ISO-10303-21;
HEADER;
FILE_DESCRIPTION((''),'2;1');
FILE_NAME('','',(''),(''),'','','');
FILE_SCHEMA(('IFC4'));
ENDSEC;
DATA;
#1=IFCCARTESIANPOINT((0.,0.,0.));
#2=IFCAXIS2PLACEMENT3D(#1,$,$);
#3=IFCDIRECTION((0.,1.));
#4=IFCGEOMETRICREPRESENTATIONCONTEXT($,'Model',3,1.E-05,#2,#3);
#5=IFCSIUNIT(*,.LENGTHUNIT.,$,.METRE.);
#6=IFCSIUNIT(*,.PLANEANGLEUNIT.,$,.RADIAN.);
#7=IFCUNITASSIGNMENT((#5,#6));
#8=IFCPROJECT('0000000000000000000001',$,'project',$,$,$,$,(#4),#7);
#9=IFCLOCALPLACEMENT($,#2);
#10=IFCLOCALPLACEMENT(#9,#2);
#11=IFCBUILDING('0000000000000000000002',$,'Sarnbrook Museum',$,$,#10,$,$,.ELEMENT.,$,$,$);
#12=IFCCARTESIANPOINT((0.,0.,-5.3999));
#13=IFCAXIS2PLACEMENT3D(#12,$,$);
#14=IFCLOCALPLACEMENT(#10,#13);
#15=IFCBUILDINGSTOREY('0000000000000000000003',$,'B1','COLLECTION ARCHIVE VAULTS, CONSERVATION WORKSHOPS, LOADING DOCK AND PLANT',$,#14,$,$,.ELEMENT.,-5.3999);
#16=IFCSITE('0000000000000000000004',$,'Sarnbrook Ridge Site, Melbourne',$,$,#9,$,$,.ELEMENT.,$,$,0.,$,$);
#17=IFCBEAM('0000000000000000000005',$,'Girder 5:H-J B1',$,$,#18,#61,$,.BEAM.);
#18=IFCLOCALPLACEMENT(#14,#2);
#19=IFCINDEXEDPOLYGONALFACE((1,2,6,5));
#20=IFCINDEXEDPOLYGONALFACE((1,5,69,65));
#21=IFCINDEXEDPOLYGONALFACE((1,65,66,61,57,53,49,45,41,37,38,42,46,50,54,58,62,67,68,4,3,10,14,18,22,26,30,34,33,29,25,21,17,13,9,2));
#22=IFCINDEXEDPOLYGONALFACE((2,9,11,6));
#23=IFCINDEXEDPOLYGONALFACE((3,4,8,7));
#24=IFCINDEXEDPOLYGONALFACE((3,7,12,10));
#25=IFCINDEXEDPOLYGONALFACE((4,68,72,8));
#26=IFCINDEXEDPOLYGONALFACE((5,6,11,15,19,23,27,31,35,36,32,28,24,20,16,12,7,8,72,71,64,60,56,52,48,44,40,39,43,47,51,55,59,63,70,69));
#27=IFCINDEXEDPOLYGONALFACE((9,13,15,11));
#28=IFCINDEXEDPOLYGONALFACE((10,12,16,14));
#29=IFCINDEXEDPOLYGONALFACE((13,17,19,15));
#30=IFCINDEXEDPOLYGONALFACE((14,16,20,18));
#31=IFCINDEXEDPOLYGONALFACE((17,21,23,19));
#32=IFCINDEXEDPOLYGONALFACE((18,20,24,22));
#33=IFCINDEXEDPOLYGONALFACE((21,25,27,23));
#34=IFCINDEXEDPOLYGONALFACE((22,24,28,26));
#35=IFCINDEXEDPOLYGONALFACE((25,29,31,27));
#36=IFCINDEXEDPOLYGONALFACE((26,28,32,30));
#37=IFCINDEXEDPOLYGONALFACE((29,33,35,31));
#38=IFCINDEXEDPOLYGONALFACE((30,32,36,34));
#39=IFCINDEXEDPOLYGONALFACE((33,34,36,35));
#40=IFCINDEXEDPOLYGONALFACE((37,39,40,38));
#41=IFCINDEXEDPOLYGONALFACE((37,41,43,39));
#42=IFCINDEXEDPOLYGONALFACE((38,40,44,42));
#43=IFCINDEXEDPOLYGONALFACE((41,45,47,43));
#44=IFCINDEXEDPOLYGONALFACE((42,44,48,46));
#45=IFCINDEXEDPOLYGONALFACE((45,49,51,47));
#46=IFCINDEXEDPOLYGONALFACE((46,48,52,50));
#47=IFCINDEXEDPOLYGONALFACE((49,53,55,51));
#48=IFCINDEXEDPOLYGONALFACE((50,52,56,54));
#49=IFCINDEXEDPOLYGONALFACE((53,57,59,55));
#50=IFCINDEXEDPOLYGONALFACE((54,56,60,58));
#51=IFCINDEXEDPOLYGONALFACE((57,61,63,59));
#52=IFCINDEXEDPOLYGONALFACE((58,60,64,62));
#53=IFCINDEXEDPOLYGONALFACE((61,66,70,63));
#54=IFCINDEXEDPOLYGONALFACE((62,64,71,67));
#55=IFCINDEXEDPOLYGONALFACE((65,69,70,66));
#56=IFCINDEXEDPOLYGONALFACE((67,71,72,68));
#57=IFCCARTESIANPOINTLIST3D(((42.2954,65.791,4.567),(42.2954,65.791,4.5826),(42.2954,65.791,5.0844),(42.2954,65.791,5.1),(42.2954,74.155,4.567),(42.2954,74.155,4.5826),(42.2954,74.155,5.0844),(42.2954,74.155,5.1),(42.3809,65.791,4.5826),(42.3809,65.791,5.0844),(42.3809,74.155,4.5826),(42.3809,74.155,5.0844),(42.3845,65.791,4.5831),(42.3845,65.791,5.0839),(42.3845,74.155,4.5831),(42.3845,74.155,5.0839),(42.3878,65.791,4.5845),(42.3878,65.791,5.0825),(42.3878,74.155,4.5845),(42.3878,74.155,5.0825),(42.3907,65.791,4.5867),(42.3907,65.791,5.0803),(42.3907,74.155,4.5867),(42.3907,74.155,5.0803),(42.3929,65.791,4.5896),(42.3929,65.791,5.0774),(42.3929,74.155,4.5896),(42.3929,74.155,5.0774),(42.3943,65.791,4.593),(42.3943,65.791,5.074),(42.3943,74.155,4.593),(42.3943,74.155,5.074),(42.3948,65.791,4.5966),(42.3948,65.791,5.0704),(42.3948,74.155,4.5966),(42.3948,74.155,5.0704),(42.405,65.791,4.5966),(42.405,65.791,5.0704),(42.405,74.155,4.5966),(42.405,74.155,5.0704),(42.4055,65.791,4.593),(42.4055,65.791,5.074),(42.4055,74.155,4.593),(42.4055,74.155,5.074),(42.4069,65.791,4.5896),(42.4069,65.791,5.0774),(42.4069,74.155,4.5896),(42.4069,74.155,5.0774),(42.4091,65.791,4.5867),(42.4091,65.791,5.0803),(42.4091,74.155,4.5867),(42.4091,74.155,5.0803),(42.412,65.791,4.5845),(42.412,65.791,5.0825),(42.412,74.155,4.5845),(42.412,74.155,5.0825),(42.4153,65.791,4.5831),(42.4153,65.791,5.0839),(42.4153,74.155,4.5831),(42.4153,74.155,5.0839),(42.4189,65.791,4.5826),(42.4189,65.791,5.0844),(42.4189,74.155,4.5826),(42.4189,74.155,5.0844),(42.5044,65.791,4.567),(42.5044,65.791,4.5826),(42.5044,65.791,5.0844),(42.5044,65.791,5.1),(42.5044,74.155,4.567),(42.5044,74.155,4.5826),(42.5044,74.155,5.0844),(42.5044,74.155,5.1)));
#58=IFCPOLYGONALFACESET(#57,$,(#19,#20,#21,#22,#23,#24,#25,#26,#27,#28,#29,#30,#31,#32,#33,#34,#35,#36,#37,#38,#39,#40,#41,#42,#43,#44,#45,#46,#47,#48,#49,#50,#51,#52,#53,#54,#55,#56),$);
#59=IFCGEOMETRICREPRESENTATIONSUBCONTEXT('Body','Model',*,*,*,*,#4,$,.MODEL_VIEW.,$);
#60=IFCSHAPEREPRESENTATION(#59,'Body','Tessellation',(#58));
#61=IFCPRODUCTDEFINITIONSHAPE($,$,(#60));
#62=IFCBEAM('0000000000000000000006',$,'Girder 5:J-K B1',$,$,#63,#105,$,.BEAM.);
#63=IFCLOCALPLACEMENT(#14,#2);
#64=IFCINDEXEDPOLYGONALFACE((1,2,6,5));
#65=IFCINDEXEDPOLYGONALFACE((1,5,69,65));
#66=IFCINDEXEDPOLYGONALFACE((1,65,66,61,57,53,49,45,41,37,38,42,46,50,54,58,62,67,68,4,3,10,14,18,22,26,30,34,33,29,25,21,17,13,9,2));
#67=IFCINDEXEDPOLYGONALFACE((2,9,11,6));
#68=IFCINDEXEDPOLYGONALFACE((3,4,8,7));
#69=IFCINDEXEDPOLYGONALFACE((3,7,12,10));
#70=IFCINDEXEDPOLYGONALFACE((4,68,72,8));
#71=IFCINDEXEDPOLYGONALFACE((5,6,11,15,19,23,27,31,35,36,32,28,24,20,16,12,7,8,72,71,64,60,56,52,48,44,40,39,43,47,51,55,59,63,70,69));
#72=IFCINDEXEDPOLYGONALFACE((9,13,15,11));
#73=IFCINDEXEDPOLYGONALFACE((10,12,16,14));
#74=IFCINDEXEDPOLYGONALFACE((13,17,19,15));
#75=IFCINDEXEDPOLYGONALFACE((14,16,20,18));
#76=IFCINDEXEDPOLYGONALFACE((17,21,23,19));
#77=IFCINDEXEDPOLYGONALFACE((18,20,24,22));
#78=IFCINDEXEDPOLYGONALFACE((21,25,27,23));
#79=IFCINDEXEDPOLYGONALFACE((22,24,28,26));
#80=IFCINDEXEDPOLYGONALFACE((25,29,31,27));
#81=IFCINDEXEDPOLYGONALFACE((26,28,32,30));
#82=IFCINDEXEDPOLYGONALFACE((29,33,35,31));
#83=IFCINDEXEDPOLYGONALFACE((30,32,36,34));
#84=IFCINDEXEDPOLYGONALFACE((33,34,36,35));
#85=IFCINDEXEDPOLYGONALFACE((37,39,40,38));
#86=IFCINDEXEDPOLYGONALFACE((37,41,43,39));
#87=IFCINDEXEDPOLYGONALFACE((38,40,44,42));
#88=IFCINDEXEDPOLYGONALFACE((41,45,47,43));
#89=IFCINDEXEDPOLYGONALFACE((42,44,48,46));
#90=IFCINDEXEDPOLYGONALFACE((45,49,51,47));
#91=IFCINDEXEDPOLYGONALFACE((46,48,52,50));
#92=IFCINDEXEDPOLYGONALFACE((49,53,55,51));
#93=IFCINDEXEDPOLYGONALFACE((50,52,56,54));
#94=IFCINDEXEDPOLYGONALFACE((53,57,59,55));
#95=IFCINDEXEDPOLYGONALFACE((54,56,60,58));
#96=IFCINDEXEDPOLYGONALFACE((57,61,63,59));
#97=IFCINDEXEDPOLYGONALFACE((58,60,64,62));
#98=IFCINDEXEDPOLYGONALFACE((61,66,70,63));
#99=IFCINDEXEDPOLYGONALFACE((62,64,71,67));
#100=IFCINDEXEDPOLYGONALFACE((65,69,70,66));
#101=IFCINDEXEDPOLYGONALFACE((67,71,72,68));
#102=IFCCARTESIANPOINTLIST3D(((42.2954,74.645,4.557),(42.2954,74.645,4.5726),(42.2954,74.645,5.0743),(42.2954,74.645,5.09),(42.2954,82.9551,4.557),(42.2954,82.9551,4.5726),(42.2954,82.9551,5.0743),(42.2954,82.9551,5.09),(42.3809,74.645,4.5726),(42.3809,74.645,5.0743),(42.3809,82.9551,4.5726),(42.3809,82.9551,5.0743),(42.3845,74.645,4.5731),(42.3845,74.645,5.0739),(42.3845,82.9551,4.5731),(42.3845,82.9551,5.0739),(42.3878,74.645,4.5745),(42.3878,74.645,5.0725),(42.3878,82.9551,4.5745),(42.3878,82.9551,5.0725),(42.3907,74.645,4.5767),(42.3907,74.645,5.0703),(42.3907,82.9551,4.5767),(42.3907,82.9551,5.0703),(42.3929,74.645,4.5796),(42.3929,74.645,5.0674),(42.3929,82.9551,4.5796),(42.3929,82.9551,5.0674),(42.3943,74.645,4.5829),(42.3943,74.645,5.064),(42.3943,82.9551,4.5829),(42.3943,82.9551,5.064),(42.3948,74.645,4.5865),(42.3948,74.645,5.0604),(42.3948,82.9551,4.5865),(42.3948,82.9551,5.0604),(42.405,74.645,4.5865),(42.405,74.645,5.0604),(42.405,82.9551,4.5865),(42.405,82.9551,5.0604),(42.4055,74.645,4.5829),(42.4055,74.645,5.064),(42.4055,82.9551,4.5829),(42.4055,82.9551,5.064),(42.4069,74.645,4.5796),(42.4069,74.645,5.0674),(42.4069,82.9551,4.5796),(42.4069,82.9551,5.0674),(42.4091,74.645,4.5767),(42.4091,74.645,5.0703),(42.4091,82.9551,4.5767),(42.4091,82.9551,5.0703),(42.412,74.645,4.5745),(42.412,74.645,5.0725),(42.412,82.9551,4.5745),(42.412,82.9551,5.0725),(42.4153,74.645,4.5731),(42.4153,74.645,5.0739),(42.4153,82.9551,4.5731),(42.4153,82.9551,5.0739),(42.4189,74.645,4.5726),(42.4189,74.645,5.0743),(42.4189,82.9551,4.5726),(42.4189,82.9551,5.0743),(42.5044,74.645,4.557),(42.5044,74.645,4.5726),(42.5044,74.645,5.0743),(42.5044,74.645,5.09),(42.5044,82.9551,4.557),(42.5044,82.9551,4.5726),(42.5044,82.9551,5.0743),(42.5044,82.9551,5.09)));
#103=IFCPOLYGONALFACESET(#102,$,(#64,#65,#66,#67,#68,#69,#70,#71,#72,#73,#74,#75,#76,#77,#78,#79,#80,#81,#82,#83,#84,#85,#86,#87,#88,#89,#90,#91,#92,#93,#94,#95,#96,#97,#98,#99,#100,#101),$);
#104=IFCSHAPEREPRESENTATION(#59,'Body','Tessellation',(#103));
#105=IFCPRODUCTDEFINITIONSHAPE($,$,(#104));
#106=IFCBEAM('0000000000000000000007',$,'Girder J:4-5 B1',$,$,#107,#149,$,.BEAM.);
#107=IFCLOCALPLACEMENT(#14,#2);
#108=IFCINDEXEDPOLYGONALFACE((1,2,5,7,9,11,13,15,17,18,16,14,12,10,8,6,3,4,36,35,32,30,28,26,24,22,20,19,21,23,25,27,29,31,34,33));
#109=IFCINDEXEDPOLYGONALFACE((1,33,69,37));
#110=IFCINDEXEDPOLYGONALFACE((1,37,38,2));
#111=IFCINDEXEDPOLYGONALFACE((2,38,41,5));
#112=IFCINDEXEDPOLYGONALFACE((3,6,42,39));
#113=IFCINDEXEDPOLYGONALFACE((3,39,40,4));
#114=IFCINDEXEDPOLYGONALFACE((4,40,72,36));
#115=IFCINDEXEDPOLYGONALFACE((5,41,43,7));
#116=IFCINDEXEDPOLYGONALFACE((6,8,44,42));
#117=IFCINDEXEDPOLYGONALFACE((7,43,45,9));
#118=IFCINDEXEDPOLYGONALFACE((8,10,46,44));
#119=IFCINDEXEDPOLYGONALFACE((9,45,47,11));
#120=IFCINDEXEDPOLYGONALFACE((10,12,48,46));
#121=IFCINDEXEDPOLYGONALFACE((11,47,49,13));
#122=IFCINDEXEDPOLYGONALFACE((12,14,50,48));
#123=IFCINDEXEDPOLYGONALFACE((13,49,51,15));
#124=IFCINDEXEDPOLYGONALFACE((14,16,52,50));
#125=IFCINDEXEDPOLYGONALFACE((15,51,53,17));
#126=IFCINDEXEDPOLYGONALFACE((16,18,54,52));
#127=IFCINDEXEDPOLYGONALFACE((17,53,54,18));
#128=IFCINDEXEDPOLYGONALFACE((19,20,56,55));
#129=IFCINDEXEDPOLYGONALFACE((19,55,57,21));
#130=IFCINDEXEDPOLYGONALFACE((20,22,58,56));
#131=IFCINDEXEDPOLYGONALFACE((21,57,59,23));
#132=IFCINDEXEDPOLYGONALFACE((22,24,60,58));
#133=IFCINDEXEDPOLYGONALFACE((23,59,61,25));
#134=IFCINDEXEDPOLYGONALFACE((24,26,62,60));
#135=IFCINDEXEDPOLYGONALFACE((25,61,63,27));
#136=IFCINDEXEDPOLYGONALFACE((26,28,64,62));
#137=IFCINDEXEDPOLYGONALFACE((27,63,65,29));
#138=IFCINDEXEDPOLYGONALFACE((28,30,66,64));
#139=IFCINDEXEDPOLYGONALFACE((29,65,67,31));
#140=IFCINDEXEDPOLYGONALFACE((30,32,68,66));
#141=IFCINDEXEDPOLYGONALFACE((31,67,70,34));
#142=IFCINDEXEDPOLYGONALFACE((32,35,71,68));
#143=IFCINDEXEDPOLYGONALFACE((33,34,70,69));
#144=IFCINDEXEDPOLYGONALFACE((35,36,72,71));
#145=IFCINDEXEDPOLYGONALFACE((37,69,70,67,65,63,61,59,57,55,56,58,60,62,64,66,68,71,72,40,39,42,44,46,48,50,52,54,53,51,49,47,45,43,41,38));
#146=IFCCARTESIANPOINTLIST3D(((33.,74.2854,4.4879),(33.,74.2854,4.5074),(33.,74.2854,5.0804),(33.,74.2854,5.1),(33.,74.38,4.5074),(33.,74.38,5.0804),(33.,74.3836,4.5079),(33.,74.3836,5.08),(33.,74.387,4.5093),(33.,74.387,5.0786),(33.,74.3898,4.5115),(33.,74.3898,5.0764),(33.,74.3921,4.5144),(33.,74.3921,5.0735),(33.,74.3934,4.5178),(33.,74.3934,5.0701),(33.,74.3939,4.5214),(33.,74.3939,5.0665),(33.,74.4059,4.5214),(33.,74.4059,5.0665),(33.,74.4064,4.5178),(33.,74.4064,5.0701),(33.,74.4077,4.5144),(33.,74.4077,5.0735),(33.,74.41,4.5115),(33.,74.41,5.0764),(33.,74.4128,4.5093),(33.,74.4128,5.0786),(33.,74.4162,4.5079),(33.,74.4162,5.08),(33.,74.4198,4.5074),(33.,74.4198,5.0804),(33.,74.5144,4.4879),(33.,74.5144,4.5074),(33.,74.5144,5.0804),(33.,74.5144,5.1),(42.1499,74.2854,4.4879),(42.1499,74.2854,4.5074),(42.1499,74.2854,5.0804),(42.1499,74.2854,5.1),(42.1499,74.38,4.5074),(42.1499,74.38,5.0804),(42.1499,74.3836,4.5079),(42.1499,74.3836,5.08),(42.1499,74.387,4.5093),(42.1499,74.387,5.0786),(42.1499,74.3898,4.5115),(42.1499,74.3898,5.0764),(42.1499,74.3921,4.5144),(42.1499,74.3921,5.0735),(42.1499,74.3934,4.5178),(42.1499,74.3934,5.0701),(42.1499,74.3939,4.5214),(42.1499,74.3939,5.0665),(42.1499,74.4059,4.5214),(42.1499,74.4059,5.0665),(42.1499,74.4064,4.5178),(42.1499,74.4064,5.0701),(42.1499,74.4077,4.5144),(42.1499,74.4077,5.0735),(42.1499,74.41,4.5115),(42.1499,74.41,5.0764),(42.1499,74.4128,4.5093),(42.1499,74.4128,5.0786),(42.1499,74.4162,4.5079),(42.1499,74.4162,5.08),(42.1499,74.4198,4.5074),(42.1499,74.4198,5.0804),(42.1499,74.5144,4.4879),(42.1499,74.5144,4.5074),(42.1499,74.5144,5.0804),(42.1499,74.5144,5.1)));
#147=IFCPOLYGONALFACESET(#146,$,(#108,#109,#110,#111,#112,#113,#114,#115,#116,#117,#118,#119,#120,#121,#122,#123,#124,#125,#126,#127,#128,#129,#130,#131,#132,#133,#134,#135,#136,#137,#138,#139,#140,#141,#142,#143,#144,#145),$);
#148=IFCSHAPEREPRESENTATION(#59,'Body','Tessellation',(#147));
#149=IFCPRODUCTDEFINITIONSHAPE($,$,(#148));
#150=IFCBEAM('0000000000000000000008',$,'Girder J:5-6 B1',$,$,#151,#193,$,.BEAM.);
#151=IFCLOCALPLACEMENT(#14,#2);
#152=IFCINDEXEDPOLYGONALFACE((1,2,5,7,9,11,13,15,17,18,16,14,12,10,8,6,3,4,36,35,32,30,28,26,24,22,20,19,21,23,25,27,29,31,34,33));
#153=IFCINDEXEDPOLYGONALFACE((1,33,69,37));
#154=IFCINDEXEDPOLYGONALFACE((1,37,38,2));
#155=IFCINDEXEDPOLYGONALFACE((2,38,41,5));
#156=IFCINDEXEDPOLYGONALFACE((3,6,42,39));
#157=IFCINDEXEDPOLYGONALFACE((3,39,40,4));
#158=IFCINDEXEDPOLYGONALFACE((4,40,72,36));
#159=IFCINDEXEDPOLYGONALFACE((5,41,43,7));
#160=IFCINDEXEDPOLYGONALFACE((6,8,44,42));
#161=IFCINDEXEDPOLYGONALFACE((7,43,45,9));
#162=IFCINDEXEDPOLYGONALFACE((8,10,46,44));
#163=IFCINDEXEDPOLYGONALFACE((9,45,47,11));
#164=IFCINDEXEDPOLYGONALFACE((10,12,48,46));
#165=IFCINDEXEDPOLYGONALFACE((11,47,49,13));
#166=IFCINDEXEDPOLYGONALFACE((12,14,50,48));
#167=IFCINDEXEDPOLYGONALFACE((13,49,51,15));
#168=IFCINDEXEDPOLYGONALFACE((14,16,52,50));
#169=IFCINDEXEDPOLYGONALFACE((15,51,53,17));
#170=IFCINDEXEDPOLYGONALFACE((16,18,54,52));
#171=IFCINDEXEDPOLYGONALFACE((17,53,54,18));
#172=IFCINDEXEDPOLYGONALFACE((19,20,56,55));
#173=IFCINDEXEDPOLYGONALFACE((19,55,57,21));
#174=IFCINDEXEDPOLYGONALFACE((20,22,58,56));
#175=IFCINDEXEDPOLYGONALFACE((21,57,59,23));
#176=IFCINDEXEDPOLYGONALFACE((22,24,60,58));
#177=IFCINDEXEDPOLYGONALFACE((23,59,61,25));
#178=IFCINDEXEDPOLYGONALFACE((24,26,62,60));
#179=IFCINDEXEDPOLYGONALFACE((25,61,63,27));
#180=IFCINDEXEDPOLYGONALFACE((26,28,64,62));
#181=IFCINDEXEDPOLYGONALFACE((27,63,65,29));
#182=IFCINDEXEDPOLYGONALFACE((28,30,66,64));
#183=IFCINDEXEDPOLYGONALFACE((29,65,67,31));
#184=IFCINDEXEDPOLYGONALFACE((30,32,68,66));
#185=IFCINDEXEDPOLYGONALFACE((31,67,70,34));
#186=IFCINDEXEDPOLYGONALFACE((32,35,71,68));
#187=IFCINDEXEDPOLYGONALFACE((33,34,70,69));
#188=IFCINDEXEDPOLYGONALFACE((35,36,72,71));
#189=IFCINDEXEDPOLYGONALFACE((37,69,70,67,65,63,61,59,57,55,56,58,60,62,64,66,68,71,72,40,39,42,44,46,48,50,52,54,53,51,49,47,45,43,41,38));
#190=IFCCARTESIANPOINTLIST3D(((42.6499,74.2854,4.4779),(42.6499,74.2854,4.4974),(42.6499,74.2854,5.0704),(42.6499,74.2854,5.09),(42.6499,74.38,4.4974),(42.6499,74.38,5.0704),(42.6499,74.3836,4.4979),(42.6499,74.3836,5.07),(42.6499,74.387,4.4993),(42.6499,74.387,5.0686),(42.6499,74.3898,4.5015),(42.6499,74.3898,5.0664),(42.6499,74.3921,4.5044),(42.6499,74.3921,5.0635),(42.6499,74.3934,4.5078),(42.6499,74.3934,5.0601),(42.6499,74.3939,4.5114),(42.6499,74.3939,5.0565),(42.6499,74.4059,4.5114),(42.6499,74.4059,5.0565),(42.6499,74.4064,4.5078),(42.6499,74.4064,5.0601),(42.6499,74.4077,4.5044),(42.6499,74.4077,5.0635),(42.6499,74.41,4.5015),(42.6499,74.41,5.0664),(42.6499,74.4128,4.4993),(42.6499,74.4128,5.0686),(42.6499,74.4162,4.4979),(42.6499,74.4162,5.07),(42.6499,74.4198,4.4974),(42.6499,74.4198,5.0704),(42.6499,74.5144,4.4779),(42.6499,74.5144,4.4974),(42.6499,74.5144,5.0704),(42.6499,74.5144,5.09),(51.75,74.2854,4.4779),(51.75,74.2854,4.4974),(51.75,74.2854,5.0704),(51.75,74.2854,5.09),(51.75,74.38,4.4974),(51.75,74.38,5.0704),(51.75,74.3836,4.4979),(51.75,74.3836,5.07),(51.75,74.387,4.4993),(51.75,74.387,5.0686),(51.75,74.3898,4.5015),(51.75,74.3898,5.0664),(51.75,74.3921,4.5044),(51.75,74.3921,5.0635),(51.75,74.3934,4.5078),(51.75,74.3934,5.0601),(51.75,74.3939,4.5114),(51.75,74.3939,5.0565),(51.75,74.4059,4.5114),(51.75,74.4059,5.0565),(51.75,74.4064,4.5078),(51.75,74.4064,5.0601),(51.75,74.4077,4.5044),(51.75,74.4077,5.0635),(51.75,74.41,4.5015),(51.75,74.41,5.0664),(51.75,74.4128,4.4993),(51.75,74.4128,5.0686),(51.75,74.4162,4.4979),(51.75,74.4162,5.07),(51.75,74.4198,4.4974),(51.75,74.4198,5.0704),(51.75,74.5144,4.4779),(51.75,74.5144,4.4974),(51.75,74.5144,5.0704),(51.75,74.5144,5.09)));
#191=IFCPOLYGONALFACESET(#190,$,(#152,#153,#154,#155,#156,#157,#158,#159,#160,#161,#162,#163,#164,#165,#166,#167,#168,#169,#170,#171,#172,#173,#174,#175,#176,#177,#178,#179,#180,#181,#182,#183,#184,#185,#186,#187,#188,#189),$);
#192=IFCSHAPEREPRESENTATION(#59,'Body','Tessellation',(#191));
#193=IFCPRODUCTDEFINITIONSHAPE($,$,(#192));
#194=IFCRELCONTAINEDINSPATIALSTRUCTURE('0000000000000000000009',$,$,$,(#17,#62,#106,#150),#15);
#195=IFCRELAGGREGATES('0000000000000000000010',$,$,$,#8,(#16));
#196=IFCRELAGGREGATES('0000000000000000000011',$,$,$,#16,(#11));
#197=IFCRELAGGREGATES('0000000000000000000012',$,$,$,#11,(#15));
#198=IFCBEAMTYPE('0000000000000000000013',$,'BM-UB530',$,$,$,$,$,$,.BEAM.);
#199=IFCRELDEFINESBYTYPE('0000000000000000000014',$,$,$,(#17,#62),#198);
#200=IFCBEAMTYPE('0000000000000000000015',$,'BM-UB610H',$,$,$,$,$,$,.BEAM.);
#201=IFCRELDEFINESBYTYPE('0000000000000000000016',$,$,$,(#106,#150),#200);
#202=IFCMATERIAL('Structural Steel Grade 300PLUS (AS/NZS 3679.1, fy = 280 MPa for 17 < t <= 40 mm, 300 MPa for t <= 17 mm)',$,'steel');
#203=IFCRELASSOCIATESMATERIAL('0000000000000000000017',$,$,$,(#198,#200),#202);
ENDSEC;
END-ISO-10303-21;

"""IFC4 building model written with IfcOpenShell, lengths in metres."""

from ifc_helpers import new_model, si_unit, direction, frame, origin, origin_2d, place, context, subcontext, project, spatial, i_section, extrude, material, material_profile, profile_set, type_object, element, save


model = new_model("IFC4")

# Units and contexts
model_context = context("Model", 3, precision=1e-05, world=origin(), true_north=direction((0.0, 1.0)))
body_context = subcontext(model_context, "Body", "Model", "MODEL_VIEW")
ifc_project = project(units=[si_unit("LENGTHUNIT", "METRE"), si_unit("PLANEANGLEUNIT", "RADIAN")], contexts=[model_context])

# Site, building, storey
site_placement = place(None, origin())
site = spatial("IfcSite", under=ifc_project, at=site_placement, Name="Sarnbrook Ridge Site, Melbourne", CompositionType="ELEMENT", RefElevation=0.0)
building_placement = place(site_placement, origin())
building = spatial("IfcBuilding", under=site, at=building_placement, Name="Sarnbrook Museum", CompositionType="ELEMENT")
storey_placement = place(building_placement, frame((0.0, 0.0, -5.3999)))
storey = spatial("IfcBuildingStorey", under=building, at=storey_placement, Name="B1", Description="COLLECTION ARCHIVE VAULTS, CONSERVATION WORKSHOPS, LOADING DOCK AND PLANT", CompositionType="ELEMENT", Elevation=-5.3999)

# Beams
ifc_material_1 = material(Name="Structural Steel Grade 300PLUS (AS/NZS 3679.1, fy = 280 MPa for 17 < t <= 40 mm, 300 MPa for t <= 17 mm)", Category="steel")
ifc_material_profile_1 = material_profile(ifc_material_1, i_section(OverallWidth=0.209, OverallDepth=0.533, WebThickness=0.0103, FlangeThickness=0.0156, FilletRadius=0.0139, at=origin_2d()), Name="530UB92.4")
ifc_profile_set_1 = profile_set([ifc_material_profile_1], Name="Structural Steel Grade 300PLUS (AS/NZS 3679.1, fy = 280 MPa for 17 < t <= 40 mm, 300 MPa for t <= 17 mm)")
beam_type_1 = type_object("IfcBeamType", Name="BM-UB530", PredefinedType="BEAM", material=ifc_profile_set_1)
beam_1_placement = place(storey_placement, frame((42.3999, 65.791, 4.8335), z_axis=(0.0, 1.0, 0.0), x_axis=(-1.0, 0.0, 0.0)))
element("IfcBeam", 1, at=beam_1_placement, inside=storey, type_object=beam_type_1, Name="Girder 5:H-J B1", PredefinedType="BEAM", context=body_context, shape_type="SweptSolid", body=[
    extrude(i_section(OverallWidth=0.209, OverallDepth=0.533, WebThickness=0.0103, FlangeThickness=0.0156, FilletRadius=0.0139, at=origin_2d()), origin(), (0.0, 0.0, 1.0), 8.364),
])
beam_2_placement = place(storey_placement, frame((42.3999, 74.645, 4.8235), z_axis=(0.0, 1.0, 0.0), x_axis=(-1.0, 0.0, 0.0)))
element("IfcBeam", 2, at=beam_2_placement, inside=storey, type_object=beam_type_1, Name="Girder 5:J-K B1", PredefinedType="BEAM", context=body_context, shape_type="SweptSolid", body=[
    extrude(i_section(OverallWidth=0.209, OverallDepth=0.533, WebThickness=0.0103, FlangeThickness=0.0156, FilletRadius=0.0139, at=origin_2d()), origin(), (0.0, 0.0, 1.0), 8.3101),
])
ifc_material_profile_2 = material_profile(ifc_material_1, i_section(OverallWidth=0.229, OverallDepth=0.6121, WebThickness=0.012, FlangeThickness=0.0195, FilletRadius=0.0139, at=origin_2d()), Name="610UB125")
ifc_profile_set_2 = profile_set([ifc_material_profile_2], Name="Structural Steel Grade 300PLUS (AS/NZS 3679.1, fy = 280 MPa for 17 < t <= 40 mm, 300 MPa for t <= 17 mm)")
beam_type_2 = type_object("IfcBeamType", Name="BM-UB610H", PredefinedType="BEAM", material=ifc_profile_set_2)
beam_3_placement = place(storey_placement, frame((33.0, 74.3999, 4.7939), z_axis=(1.0, 0.0, 0.0), x_axis=(0.0, 1.0, 0.0)))
element("IfcBeam", 3, at=beam_3_placement, inside=storey, type_object=beam_type_2, Name="Girder J:4-5 B1", PredefinedType="BEAM", context=body_context, shape_type="SweptSolid", body=[
    extrude(i_section(OverallWidth=0.229, OverallDepth=0.6121, WebThickness=0.012, FlangeThickness=0.0195, FilletRadius=0.0139, at=origin_2d()), origin(), (0.0, 0.0, 1.0), 9.1499),
])
beam_4_placement = place(storey_placement, frame((42.6499, 74.3999, 4.7839), z_axis=(1.0, 0.0, 0.0), x_axis=(0.0, 1.0, 0.0)))
element("IfcBeam", 4, at=beam_4_placement, inside=storey, type_object=beam_type_2, Name="Girder J:5-6 B1", PredefinedType="BEAM", context=body_context, shape_type="SweptSolid", body=[
    extrude(i_section(OverallWidth=0.229, OverallDepth=0.6121, WebThickness=0.012, FlangeThickness=0.0195, FilletRadius=0.0139, at=origin_2d()), origin(), (0.0, 0.0, 1.0), 9.1001),
])

save(model, "model.ifc")
